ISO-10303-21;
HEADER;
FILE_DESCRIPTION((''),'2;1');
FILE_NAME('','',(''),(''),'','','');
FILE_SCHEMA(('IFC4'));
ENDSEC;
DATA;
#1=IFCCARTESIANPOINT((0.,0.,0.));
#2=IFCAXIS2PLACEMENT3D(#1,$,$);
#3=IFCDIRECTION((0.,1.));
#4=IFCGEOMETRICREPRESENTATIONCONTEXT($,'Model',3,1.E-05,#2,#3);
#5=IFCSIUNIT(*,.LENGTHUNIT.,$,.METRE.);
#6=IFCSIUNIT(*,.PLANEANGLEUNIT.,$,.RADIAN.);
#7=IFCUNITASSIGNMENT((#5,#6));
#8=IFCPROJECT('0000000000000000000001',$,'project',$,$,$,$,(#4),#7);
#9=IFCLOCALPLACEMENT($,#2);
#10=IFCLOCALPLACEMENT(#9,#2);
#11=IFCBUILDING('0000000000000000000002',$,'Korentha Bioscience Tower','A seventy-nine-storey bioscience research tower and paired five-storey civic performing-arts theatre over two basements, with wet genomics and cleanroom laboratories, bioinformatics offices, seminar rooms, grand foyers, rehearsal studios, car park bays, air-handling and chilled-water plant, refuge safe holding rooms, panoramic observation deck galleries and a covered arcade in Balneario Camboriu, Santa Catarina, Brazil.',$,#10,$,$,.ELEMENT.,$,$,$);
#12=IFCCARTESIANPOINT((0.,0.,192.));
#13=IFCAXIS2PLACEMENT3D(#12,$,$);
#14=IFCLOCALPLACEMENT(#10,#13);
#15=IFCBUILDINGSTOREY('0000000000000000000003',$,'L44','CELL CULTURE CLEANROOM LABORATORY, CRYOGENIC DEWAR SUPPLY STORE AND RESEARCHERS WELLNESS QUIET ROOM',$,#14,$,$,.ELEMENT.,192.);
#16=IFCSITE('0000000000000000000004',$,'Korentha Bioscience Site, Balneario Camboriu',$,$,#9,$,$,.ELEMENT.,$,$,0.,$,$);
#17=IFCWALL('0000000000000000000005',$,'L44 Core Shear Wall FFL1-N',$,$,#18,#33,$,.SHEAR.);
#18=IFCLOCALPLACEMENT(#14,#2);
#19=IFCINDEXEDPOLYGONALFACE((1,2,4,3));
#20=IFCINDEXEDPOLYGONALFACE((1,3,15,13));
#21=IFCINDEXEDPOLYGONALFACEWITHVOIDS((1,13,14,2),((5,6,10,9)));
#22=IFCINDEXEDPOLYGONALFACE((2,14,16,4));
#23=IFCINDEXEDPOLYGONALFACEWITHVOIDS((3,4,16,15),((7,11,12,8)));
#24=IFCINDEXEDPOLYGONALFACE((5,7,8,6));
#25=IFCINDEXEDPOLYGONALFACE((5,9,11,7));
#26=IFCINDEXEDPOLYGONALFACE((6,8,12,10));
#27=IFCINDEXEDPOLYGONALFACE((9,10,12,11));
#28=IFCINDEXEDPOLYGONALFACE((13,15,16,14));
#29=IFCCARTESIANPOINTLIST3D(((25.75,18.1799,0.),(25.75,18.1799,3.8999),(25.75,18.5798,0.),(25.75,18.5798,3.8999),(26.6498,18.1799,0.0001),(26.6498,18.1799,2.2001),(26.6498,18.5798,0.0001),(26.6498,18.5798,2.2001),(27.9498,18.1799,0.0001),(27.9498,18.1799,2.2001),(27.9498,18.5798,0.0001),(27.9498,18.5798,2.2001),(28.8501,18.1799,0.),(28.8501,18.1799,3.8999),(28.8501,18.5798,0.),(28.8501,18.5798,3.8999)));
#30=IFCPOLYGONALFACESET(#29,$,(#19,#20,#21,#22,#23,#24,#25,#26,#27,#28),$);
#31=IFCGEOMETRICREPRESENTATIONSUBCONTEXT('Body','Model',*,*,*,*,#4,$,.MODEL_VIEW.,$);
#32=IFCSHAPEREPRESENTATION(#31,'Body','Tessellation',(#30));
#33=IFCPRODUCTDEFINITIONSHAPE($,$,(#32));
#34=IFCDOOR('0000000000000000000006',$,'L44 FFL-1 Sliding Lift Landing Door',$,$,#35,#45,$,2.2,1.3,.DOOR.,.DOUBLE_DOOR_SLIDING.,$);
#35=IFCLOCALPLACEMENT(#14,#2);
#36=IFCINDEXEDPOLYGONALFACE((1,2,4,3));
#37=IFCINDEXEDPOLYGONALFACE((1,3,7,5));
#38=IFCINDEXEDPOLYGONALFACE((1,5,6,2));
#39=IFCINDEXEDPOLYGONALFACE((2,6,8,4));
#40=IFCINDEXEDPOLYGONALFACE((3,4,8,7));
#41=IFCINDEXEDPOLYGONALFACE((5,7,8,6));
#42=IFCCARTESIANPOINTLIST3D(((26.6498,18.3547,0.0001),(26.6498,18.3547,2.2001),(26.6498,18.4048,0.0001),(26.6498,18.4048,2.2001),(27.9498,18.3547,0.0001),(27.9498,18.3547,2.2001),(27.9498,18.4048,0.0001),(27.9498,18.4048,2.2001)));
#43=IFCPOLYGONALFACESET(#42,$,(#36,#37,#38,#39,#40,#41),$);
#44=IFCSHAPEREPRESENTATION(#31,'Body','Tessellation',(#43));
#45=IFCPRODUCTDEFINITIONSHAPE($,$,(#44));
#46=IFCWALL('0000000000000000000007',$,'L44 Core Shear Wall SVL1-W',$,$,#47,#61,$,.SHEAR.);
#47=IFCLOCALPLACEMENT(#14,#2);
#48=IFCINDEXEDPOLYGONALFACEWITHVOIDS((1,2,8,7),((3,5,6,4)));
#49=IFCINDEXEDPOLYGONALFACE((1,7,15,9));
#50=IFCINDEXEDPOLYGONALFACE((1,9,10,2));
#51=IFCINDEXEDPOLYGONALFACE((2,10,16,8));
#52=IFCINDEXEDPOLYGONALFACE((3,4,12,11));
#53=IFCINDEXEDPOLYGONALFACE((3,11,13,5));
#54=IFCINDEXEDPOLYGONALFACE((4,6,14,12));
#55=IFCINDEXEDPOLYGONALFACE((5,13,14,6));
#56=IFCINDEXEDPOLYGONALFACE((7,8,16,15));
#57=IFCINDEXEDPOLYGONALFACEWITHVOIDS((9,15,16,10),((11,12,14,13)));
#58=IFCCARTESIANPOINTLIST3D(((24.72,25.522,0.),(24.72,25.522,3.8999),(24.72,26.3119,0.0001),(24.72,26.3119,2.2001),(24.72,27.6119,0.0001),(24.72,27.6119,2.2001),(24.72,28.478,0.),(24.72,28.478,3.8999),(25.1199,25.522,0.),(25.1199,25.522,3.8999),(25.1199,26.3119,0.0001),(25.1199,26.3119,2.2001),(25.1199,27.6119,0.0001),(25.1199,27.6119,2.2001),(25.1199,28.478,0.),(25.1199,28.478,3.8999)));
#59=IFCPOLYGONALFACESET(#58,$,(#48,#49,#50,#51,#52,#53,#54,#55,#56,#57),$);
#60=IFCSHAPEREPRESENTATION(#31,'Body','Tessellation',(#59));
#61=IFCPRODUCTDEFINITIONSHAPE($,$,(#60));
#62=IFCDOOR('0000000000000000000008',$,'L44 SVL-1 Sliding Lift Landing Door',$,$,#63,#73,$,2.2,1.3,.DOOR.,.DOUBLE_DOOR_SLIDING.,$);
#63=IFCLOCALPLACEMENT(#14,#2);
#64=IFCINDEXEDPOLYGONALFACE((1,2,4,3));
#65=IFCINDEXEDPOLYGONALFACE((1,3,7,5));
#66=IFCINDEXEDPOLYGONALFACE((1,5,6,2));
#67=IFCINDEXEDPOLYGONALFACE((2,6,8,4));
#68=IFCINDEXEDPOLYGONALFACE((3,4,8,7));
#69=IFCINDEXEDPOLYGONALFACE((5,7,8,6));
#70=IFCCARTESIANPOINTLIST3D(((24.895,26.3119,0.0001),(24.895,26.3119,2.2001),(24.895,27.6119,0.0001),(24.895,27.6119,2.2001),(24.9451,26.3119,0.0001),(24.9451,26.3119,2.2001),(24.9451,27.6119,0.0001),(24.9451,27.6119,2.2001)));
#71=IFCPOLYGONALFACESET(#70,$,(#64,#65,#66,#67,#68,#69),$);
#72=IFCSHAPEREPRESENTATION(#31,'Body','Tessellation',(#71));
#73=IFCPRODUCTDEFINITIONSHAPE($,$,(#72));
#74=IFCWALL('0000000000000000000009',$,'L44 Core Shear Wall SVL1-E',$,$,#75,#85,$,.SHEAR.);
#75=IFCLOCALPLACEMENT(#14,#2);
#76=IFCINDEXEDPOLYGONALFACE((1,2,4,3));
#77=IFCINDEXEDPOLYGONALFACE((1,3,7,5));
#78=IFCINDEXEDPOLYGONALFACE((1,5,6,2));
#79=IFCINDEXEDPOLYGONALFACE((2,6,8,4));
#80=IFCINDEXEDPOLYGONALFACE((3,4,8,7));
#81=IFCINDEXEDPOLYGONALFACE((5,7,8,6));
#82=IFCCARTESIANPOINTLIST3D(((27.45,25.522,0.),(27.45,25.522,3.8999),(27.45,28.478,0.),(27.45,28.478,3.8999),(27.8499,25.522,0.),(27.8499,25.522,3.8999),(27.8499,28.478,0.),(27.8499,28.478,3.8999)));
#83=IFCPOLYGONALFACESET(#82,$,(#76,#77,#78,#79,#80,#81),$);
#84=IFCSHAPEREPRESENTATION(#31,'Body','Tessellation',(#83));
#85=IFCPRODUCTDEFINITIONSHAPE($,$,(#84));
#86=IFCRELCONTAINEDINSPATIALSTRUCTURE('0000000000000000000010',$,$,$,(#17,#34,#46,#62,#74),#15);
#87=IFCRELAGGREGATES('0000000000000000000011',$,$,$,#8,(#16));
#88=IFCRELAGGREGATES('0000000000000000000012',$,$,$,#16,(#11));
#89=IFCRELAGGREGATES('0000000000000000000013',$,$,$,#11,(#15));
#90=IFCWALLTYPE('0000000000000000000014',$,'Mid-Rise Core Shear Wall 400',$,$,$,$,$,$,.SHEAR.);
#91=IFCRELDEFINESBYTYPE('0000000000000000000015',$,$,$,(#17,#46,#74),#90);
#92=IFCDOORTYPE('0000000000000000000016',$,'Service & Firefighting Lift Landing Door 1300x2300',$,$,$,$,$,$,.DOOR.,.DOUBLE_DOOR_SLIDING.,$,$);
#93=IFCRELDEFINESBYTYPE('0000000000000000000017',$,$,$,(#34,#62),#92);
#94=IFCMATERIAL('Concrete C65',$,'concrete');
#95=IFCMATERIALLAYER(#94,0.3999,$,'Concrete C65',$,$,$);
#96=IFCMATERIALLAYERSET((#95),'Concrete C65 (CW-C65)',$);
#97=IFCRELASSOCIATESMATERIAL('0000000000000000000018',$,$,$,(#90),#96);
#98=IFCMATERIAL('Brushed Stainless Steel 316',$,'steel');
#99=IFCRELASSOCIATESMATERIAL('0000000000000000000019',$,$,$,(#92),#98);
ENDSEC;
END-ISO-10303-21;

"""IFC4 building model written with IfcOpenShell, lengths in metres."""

from ifc_helpers import new_model, si_unit, direction, frame, frame_2d, origin, place, context, subcontext, project, spatial, rectangle, extrude, material, layer, layer_set, type_object, element, fill, save


model = new_model("IFC4")

# Units and contexts
model_context = context("Model", 3, precision=1e-05, world=origin(), true_north=direction((0.0, 1.0)))
body_context = subcontext(model_context, "Body", "Model", "MODEL_VIEW")
ifc_project = project(units=[si_unit("LENGTHUNIT", "METRE"), si_unit("PLANEANGLEUNIT", "RADIAN")], contexts=[model_context])

# Site, building, storey
site_placement = place(None, origin())
site = spatial("IfcSite", under=ifc_project, at=site_placement, Name="Korentha Bioscience Site, Balneario Camboriu", CompositionType="ELEMENT", RefElevation=0.0)
building_placement = place(site_placement, origin())
building = spatial("IfcBuilding", under=site, at=building_placement, Name="Korentha Bioscience Tower", Description="A seventy-nine-storey bioscience research tower and paired five-storey civic performing-arts theatre over two basements, with wet genomics and cleanroom laboratories, bioinformatics offices, seminar rooms, grand foyers, rehearsal studios, car park bays, air-handling and chilled-water plant, refuge safe holding rooms, panoramic observation deck galleries and a covered arcade in Balneario Camboriu, Santa Catarina, Brazil.", CompositionType="ELEMENT")
storey_placement = place(building_placement, frame((0.0, 0.0, 192.0)))
storey = spatial("IfcBuildingStorey", under=building, at=storey_placement, Name="L44", Description="CELL CULTURE CLEANROOM LABORATORY, CRYOGENIC DEWAR SUPPLY STORE AND RESEARCHERS WELLNESS QUIET ROOM", CompositionType="ELEMENT", Elevation=192.0)

# Shared definitions
ifc_material_1 = material(Name="Concrete C65", Category="concrete")

# Shared definitions
ifc_layer_1 = layer(ifc_material_1, 0.3999, Name="Concrete C65")
ifc_layer_set_1 = layer_set([ifc_layer_1], Name="Concrete C65 (CW-C65)")
wall_type_1 = type_object("IfcWallType", Name="Mid-Rise Core Shear Wall 400", PredefinedType="SHEAR", material=ifc_layer_set_1)

# Walls, openings, doors
wall_1_placement = place(storey_placement, frame((25.75, 18.3799, 0.0), z_axis=(0.0, 0.0, 1.0), x_axis=(1.0, 0.0, 0.0)))
wall_1 = element("IfcWall", 1, at=wall_1_placement, inside=storey, type_object=wall_type_1, Name="L44 Core Shear Wall FFL1-N", PredefinedType="SHEAR", context=body_context, shape_type="SweptSolid", body=[
    extrude(rectangle(XDim=3.1001, YDim=0.3999, at=frame_2d((1.55, 0.0))), origin(), (0.0, 0.0, 1.0), 3.8999),
])
opening_1_placement = place(wall_1_placement, frame((0.8999, 0.0, 0.0)))
opening_1 = element("IfcOpeningElement", 2, at=opening_1_placement, cuts=wall_1, PredefinedType="OPENING", context=body_context, shape_type="SweptSolid", body=[
    extrude(rectangle(XDim=1.3, YDim=2.2, at=frame_2d((0.6499, 1.1001))), frame((0.0, 0.2148, 0.0), z_axis=(0.0, -1.0, 0.0), x_axis=(1.0, 0.0, 0.0)), (0.0, 0.0, 1.0), 0.4297),
])
ifc_material_2 = material(Name="Brushed Stainless Steel 316", Category="steel")
door_type_1 = type_object("IfcDoorType", Name="Service & Firefighting Lift Landing Door 1300x2300", OperationType="DOUBLE_DOOR_SLIDING", PredefinedType="DOOR", material=ifc_material_2)
door_1_placement = place(opening_1_placement, origin())
door_1 = element("IfcDoor", 3, at=door_1_placement, inside=storey, type_object=door_type_1, Name="L44 FFL-1 Sliding Lift Landing Door", OperationType="DOUBLE_DOOR_SLIDING", OverallHeight=2.2, OverallWidth=1.3, PredefinedType="DOOR", context=body_context, shape_type="SweptSolid", body=[
    extrude(rectangle(XDim=1.3, YDim=2.2, at=frame_2d((0.6499, 1.1001))), frame((0.0, 0.0249, 0.0), z_axis=(0.0, -1.0, 0.0), x_axis=(1.0, 0.0, 0.0)), (0.0, 0.0, 1.0), 0.05),
])
fill(opening_1, door_1)
wall_2_placement = place(storey_placement, frame((24.9199, 25.522, 0.0), z_axis=(0.0, 0.0, 1.0), x_axis=(0.0, 1.0, 0.0)))
wall_2 = element("IfcWall", 4, at=wall_2_placement, inside=storey, type_object=wall_type_1, Name="L44 Core Shear Wall SVL1-W", PredefinedType="SHEAR", context=body_context, shape_type="SweptSolid", body=[
    extrude(rectangle(XDim=2.9561, YDim=0.3999, at=frame_2d((1.478, 0.0))), origin(), (0.0, 0.0, 1.0), 3.8999),
])
opening_2_placement = place(wall_2_placement, frame((0.79, 0.0, 0.0)))
opening_2 = element("IfcOpeningElement", 5, at=opening_2_placement, cuts=wall_2, PredefinedType="OPENING", context=body_context, shape_type="SweptSolid", body=[
    extrude(rectangle(XDim=1.3, YDim=2.2, at=frame_2d((0.6499, 1.1001))), frame((0.0, 0.2148, 0.0), z_axis=(0.0, -1.0, 0.0), x_axis=(1.0, 0.0, 0.0)), (0.0, 0.0, 1.0), 0.4297),
])
door_2_placement = place(opening_2_placement, origin())
door_2 = element("IfcDoor", 6, at=door_2_placement, inside=storey, type_object=door_type_1, Name="L44 SVL-1 Sliding Lift Landing Door", OperationType="DOUBLE_DOOR_SLIDING", OverallHeight=2.2, OverallWidth=1.3, PredefinedType="DOOR", context=body_context, shape_type="SweptSolid", body=[
    extrude(rectangle(XDim=1.3, YDim=2.2, at=frame_2d((0.6499, 1.1001))), frame((0.0, 0.0249, 0.0), z_axis=(0.0, -1.0, 0.0), x_axis=(1.0, 0.0, 0.0)), (0.0, 0.0, 1.0), 0.05),
])
fill(opening_2, door_2)

# Wall
wall_3_placement = place(storey_placement, frame((27.6499, 25.522, 0.0), z_axis=(0.0, 0.0, 1.0), x_axis=(0.0, 1.0, 0.0)))
element("IfcWall", 7, at=wall_3_placement, inside=storey, type_object=wall_type_1, Name="L44 Core Shear Wall SVL1-E", PredefinedType="SHEAR", context=body_context, shape_type="SweptSolid", body=[
    extrude(rectangle(XDim=2.9561, YDim=0.3999, at=frame_2d((1.478, 0.0))), origin(), (0.0, 0.0, 1.0), 3.8999),
])

save(model, "model.ifc")
